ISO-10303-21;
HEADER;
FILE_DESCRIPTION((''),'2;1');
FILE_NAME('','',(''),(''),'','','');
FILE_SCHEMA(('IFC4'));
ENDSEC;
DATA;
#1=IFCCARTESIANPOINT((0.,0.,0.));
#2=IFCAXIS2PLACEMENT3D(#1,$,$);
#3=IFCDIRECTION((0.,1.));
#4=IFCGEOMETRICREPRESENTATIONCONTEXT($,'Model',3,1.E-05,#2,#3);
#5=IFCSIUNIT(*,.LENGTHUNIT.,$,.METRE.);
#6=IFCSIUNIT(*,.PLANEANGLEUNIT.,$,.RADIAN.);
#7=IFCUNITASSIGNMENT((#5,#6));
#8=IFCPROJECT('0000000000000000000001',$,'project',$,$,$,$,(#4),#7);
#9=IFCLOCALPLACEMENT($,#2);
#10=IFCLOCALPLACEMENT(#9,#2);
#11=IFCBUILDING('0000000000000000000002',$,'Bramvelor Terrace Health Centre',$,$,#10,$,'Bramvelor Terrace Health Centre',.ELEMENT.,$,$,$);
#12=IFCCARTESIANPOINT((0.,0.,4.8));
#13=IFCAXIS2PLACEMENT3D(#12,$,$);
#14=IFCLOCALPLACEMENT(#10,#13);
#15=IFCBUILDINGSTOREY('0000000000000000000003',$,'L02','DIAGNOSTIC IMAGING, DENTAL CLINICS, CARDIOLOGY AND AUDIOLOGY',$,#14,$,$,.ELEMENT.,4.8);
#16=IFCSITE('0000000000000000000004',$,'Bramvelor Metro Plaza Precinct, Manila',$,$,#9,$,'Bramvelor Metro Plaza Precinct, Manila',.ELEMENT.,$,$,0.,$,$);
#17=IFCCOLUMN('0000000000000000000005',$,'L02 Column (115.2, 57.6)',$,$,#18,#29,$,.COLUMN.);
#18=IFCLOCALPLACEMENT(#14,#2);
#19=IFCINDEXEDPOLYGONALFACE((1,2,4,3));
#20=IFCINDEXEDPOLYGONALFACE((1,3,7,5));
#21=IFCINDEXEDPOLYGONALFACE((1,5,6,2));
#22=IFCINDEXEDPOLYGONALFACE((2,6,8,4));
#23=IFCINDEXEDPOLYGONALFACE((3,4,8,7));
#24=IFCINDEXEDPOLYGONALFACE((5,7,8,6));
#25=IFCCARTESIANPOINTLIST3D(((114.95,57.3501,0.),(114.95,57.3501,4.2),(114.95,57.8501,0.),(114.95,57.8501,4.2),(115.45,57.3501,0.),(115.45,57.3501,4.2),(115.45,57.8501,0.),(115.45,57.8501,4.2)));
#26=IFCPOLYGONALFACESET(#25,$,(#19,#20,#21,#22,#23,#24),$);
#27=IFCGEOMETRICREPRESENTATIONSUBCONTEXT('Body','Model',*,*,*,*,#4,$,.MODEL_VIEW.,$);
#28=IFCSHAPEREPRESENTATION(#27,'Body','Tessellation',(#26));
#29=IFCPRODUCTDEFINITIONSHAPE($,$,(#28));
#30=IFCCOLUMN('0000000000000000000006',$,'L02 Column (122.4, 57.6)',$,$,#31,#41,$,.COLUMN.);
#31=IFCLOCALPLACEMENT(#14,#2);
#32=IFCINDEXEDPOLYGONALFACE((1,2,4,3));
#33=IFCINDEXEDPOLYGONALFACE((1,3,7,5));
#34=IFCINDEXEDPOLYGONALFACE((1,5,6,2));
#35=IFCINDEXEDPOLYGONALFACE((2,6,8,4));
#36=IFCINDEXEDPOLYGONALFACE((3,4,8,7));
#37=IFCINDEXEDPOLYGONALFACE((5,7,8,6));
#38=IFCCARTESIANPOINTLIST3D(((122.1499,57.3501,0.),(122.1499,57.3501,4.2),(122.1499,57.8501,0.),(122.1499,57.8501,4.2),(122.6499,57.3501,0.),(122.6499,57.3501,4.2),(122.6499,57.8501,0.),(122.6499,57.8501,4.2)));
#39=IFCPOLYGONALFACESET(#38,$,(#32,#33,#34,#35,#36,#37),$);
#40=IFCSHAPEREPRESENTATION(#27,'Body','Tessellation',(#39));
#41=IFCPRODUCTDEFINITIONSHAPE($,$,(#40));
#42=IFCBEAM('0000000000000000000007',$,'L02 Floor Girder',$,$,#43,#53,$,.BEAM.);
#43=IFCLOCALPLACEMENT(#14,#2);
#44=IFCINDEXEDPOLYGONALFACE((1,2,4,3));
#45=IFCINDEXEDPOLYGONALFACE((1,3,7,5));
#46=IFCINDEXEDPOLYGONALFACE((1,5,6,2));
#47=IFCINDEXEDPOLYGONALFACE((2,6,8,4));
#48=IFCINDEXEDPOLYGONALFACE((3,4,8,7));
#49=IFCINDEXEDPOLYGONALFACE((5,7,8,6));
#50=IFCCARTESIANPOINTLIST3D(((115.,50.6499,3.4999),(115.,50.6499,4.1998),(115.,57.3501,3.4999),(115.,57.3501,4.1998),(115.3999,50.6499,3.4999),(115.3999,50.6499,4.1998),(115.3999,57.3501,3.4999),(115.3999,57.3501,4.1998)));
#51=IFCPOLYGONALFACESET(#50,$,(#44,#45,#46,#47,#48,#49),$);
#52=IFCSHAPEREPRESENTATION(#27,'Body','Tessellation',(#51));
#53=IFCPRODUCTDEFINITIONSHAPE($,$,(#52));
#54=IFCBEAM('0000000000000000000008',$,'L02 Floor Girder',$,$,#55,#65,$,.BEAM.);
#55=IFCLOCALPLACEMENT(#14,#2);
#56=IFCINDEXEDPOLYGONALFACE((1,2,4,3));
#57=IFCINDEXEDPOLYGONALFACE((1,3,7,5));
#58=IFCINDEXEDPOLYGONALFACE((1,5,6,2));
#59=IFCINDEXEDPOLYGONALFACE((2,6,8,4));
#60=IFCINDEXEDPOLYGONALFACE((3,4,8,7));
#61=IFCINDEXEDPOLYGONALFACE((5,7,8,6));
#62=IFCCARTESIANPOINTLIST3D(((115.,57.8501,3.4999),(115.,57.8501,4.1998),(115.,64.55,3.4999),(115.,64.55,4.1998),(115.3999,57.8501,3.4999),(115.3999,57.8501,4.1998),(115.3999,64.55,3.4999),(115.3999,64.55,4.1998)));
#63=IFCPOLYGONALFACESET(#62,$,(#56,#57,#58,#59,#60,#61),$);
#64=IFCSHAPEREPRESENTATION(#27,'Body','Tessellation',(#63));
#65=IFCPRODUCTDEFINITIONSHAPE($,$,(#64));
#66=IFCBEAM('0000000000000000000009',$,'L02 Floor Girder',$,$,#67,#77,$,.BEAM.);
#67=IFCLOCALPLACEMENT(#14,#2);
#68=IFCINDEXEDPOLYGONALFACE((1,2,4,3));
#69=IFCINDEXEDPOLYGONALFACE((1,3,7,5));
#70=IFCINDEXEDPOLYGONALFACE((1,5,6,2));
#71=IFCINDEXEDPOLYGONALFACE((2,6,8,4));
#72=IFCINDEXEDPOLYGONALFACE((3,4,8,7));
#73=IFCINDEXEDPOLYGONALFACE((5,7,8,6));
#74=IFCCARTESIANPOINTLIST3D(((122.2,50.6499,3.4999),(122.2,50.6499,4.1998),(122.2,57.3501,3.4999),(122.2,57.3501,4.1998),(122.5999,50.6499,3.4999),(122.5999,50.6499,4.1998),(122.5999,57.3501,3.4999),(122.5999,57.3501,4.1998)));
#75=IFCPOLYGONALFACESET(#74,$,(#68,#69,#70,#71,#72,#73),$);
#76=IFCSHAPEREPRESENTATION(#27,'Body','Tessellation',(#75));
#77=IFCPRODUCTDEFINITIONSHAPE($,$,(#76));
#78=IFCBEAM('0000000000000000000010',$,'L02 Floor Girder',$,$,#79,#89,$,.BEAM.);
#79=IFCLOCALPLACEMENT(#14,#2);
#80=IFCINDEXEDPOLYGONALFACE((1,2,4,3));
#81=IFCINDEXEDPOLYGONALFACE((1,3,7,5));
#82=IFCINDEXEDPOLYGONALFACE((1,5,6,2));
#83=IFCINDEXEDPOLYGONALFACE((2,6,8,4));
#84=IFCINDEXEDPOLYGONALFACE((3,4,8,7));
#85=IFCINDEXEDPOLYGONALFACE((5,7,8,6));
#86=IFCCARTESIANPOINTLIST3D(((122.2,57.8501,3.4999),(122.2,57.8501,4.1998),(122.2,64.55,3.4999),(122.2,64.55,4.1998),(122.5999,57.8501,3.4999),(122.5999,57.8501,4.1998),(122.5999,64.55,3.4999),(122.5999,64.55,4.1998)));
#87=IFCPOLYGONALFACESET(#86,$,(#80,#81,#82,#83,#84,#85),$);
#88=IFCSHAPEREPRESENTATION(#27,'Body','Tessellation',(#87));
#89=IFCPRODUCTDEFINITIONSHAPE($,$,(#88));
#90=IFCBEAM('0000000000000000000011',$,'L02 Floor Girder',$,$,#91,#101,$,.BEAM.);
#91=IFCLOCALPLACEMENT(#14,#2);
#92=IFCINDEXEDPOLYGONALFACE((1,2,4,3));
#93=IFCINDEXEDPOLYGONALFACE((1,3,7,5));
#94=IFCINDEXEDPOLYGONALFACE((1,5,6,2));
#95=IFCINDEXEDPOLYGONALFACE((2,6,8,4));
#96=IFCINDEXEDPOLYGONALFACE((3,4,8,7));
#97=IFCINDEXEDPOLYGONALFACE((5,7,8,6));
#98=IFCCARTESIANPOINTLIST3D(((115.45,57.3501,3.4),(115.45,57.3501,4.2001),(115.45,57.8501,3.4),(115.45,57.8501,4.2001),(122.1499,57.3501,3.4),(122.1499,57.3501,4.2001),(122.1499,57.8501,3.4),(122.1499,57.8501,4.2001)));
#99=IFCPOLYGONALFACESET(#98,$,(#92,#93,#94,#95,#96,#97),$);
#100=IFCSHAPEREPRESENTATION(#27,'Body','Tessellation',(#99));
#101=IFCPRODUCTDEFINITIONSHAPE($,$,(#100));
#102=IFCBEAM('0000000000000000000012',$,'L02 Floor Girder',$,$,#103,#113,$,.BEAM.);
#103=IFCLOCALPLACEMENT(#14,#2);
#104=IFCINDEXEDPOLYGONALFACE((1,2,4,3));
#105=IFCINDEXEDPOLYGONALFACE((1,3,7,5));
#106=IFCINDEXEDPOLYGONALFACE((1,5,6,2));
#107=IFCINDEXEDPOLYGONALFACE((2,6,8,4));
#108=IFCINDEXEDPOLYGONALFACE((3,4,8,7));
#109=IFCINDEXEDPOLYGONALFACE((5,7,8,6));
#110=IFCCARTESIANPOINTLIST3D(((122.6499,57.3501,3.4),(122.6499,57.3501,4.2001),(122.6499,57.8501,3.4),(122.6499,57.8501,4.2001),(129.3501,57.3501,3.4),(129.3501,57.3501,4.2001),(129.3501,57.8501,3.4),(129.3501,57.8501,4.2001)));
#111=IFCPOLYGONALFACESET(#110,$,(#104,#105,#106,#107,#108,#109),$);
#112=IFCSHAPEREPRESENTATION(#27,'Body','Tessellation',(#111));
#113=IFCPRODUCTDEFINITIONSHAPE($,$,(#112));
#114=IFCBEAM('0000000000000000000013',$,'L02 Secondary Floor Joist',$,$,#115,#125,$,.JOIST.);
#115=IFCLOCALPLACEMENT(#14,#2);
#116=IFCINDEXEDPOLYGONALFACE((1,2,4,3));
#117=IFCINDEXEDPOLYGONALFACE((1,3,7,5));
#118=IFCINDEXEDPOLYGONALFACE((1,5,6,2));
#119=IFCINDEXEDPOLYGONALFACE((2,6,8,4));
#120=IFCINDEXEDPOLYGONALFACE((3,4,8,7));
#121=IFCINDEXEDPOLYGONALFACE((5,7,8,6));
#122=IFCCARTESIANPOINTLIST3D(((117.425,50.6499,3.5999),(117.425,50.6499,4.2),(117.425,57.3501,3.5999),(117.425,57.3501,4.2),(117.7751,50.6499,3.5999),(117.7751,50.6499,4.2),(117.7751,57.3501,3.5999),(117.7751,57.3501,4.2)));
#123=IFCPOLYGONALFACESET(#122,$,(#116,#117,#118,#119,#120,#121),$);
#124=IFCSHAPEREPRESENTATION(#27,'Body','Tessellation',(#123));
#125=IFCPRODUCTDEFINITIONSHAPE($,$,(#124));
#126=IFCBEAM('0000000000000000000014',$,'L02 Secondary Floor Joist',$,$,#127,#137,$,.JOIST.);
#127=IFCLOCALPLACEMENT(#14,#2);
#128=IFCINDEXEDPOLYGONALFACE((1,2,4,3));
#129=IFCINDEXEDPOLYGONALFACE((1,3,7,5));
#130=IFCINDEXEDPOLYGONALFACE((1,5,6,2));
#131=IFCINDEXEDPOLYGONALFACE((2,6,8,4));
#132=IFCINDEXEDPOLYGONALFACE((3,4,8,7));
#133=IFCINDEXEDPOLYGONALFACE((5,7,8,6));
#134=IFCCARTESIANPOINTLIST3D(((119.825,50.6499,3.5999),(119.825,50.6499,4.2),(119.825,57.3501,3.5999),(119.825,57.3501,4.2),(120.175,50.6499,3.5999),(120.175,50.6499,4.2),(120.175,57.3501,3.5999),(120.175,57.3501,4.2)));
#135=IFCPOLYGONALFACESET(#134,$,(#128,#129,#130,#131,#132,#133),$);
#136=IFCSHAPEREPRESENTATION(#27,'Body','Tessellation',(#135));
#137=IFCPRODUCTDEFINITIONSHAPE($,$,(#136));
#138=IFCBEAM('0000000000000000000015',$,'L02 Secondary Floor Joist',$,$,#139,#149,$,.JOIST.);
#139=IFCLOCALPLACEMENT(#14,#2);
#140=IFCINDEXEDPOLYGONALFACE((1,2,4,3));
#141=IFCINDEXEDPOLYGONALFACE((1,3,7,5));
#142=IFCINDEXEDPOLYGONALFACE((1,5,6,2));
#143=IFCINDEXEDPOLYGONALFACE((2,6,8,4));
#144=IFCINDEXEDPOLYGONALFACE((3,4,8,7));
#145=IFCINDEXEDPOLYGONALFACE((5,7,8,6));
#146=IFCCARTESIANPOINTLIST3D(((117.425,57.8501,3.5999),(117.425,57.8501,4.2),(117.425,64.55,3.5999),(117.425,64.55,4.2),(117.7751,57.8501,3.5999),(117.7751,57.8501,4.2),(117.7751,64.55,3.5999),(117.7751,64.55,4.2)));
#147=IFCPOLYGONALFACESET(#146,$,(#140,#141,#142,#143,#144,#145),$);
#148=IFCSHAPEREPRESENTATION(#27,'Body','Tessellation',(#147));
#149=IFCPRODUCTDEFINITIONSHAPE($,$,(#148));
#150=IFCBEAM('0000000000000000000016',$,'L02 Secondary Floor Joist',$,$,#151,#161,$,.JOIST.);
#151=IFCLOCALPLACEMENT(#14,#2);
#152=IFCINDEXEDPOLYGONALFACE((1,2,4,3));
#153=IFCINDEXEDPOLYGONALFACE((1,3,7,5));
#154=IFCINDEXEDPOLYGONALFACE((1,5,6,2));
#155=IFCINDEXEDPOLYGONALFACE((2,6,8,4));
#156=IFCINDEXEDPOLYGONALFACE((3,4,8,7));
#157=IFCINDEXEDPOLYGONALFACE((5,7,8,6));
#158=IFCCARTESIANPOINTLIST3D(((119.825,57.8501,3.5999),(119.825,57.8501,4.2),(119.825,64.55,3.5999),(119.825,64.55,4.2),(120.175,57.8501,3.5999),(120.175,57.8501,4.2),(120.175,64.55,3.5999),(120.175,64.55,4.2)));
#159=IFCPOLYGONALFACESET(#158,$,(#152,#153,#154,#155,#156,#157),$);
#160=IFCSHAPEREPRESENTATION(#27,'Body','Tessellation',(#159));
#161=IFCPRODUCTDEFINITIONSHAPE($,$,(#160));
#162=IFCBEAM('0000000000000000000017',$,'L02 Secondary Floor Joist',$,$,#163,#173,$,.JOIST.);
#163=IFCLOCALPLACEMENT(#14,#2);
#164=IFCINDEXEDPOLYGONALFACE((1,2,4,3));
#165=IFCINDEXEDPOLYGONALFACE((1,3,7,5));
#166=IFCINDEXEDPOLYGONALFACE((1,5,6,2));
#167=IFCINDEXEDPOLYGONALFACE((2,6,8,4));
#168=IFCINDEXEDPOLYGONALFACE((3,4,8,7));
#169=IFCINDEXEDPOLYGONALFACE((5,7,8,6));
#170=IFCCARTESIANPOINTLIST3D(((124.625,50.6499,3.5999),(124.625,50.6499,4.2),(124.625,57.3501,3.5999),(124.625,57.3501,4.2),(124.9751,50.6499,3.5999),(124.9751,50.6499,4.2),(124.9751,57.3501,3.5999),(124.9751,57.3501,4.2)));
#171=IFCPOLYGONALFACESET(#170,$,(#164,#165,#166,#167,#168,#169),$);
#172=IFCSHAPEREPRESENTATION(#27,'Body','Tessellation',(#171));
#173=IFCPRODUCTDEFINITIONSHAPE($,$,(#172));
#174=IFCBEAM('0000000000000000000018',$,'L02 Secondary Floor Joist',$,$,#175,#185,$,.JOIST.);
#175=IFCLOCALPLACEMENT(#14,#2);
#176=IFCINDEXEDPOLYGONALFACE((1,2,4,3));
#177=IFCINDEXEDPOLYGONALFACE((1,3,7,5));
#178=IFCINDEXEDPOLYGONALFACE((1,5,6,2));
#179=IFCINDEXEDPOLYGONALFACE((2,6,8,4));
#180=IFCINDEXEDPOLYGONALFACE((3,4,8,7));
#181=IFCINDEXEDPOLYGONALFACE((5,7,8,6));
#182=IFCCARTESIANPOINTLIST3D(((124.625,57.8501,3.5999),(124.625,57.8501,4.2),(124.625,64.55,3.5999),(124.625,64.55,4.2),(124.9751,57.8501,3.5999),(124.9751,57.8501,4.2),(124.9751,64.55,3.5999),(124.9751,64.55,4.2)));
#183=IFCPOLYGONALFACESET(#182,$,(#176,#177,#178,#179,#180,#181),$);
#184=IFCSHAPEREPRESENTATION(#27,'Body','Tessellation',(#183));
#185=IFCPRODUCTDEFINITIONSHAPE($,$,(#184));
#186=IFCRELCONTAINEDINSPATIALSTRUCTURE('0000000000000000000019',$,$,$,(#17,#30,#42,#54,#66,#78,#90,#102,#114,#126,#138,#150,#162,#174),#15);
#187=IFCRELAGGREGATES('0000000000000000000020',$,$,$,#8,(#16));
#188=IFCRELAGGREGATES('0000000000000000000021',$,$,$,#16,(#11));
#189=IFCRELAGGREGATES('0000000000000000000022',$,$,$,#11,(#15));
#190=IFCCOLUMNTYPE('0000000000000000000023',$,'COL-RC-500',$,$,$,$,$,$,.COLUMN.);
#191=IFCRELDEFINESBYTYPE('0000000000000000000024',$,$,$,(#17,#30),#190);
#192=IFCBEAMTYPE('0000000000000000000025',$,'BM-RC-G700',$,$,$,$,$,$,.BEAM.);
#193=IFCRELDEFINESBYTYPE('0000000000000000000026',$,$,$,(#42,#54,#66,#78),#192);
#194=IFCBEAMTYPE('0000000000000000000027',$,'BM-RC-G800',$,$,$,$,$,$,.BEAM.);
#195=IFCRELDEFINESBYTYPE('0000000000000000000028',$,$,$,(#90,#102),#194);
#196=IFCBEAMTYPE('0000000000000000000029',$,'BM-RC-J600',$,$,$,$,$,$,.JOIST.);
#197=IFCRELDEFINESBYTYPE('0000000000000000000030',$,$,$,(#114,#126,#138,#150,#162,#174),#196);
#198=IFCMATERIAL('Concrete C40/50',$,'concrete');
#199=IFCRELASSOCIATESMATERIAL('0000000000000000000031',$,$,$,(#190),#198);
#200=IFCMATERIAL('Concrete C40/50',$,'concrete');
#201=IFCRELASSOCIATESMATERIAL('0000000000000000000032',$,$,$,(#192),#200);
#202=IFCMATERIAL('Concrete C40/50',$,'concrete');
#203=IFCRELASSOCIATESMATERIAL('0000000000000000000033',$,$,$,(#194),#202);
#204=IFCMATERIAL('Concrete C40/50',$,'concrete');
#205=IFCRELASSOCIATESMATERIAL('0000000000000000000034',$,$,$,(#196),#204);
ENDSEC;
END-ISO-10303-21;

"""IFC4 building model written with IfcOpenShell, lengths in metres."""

from ifc_helpers import new_model, si_unit, direction, frame, origin, origin_2d, place, context, subcontext, project, spatial, rectangle, extrude, material, material_profile, profile_set, type_object, element, save


model = new_model("IFC4")

# Units and contexts
model_context = context("Model", 3, precision=1e-05, world=origin(), true_north=direction((0.0, 1.0)))
body_context = subcontext(model_context, "Body", "Model", "MODEL_VIEW")
ifc_project = project(units=[si_unit("LENGTHUNIT", "METRE"), si_unit("PLANEANGLEUNIT", "RADIAN")], contexts=[model_context])

# Site, building, storey
site_placement = place(None, origin())
site = spatial("IfcSite", under=ifc_project, at=site_placement, Name="Bramvelor Metro Plaza Precinct, Manila", LongName="Bramvelor Metro Plaza Precinct, Manila", CompositionType="ELEMENT", RefElevation=0.0)
building_placement = place(site_placement, origin())
building = spatial("IfcBuilding", under=site, at=building_placement, Name="Bramvelor Terrace Health Centre", LongName="Bramvelor Terrace Health Centre", CompositionType="ELEMENT")
storey_placement = place(building_placement, frame((0.0, 0.0, 4.8)))
storey = spatial("IfcBuildingStorey", under=building, at=storey_placement, Name="L02", Description="DIAGNOSTIC IMAGING, DENTAL CLINICS, CARDIOLOGY AND AUDIOLOGY", CompositionType="ELEMENT", Elevation=4.8)

# Columns
ifc_material_1 = material(Name="Concrete C40/50", Category="concrete")
ifc_material_profile_1 = material_profile(ifc_material_1, rectangle(XDim=0.5, YDim=0.5, at=origin_2d()), Name="RC 500x500")
ifc_profile_set_1 = profile_set([ifc_material_profile_1], Name="Concrete C40/50")
column_type = type_object("IfcColumnType", Name="COL-RC-500", PredefinedType="COLUMN", material=ifc_profile_set_1)
for number, where, z_axis, x_axis, name in (
    (1, (115.2, 57.6001, 0.0), (0.0, 0.0, 1.0), (1.0, 0.0, 0.0), "L02 Column (115.2, 57.6)"),
    (2, (122.3999, 57.6001, 0.0), (0.0, 0.0, 1.0), (1.0, 0.0, 0.0), "L02 Column (122.4, 57.6)"),
):
    element("IfcColumn", number, at=place(storey_placement, frame(where, z_axis=z_axis, x_axis=x_axis)), inside=storey, type_object=column_type, Name=name, PredefinedType="COLUMN", context=body_context, shape_type="SweptSolid", body=[
        extrude(rectangle(XDim=0.5, YDim=0.5, at=origin_2d()), origin(), (0.0, 0.0, 1.0), 4.2),
    ])

# Beams
ifc_material_2 = material(Name="Concrete C40/50", Category="concrete")
ifc_material_profile_2 = material_profile(ifc_material_2, rectangle(XDim=0.3999, YDim=0.7, at=origin_2d()), Name="RC 400x700")
ifc_profile_set_2 = profile_set([ifc_material_profile_2], Name="Concrete C40/50")
beam_type_1 = type_object("IfcBeamType", Name="BM-RC-G700", PredefinedType="BEAM", material=ifc_profile_set_2)
beam_1_placement = place(storey_placement, frame((115.2, 50.6499, 3.8499), z_axis=(0.0, 1.0, 0.0), x_axis=(-1.0, 0.0, 0.0)))
element("IfcBeam", 3, at=beam_1_placement, inside=storey, type_object=beam_type_1, Name="L02 Floor Girder", PredefinedType="BEAM", context=body_context, shape_type="SweptSolid", body=[
    extrude(rectangle(XDim=0.3999, YDim=0.7, at=origin_2d()), origin(), (0.0, 0.0, 1.0), 6.7002),
])
beam_2_placement = place(storey_placement, frame((115.2, 57.8501, 3.8499), z_axis=(0.0, 1.0, 0.0), x_axis=(-1.0, 0.0, 0.0)))
element("IfcBeam", 4, at=beam_2_placement, inside=storey, type_object=beam_type_1, Name="L02 Floor Girder", PredefinedType="BEAM", context=body_context, shape_type="SweptSolid", body=[
    extrude(rectangle(XDim=0.3999, YDim=0.7, at=origin_2d()), origin(), (0.0, 0.0, 1.0), 6.7),
])
beam_3_placement = place(storey_placement, frame((122.3999, 50.6499, 3.8499), z_axis=(0.0, 1.0, 0.0), x_axis=(-1.0, 0.0, 0.0)))
element("IfcBeam", 5, at=beam_3_placement, inside=storey, type_object=beam_type_1, Name="L02 Floor Girder", PredefinedType="BEAM", context=body_context, shape_type="SweptSolid", body=[
    extrude(rectangle(XDim=0.3999, YDim=0.7, at=origin_2d()), origin(), (0.0, 0.0, 1.0), 6.7002),
])
beam_4_placement = place(storey_placement, frame((122.3999, 57.8501, 3.8499), z_axis=(0.0, 1.0, 0.0), x_axis=(-1.0, 0.0, 0.0)))
element("IfcBeam", 6, at=beam_4_placement, inside=storey, type_object=beam_type_1, Name="L02 Floor Girder", PredefinedType="BEAM", context=body_context, shape_type="SweptSolid", body=[
    extrude(rectangle(XDim=0.3999, YDim=0.7, at=origin_2d()), origin(), (0.0, 0.0, 1.0), 6.7),
])
ifc_material_3 = material(Name="Concrete C40/50", Category="concrete")
ifc_material_profile_3 = material_profile(ifc_material_3, rectangle(XDim=0.5, YDim=0.8, at=origin_2d()), Name="RC 500x800")
ifc_profile_set_3 = profile_set([ifc_material_profile_3], Name="Concrete C40/50")
beam_type_2 = type_object("IfcBeamType", Name="BM-RC-G800", PredefinedType="BEAM", material=ifc_profile_set_3)
beam_5_placement = place(storey_placement, frame((115.45, 57.6001, 3.8), z_axis=(1.0, 0.0, 0.0), x_axis=(0.0, 1.0, 0.0)))
element("IfcBeam", 7, at=beam_5_placement, inside=storey, type_object=beam_type_2, Name="L02 Floor Girder", PredefinedType="BEAM", context=body_context, shape_type="SweptSolid", body=[
    extrude(rectangle(XDim=0.5, YDim=0.8, at=origin_2d()), origin(), (0.0, 0.0, 1.0), 6.7),
])
beam_6_placement = place(storey_placement, frame((122.6499, 57.6001, 3.8), z_axis=(1.0, 0.0, 0.0), x_axis=(0.0, 1.0, 0.0)))
element("IfcBeam", 8, at=beam_6_placement, inside=storey, type_object=beam_type_2, Name="L02 Floor Girder", PredefinedType="BEAM", context=body_context, shape_type="SweptSolid", body=[
    extrude(rectangle(XDim=0.5, YDim=0.8, at=origin_2d()), origin(), (0.0, 0.0, 1.0), 6.7002),
])
ifc_material_4 = material(Name="Concrete C40/50", Category="concrete")
ifc_material_profile_4 = material_profile(ifc_material_4, rectangle(XDim=0.3501, YDim=0.6001, at=origin_2d()), Name="RC 350x600")
ifc_profile_set_4 = profile_set([ifc_material_profile_4], Name="Concrete C40/50")
beam_type_3 = type_object("IfcBeamType", Name="BM-RC-J600", PredefinedType="JOIST", material=ifc_profile_set_4)
for number, where, z_axis, x_axis, name in (
    (9, (117.6001, 50.6499, 3.8999), (0.0, 1.0, 0.0), (-1.0, 0.0, 0.0), "L02 Secondary Floor Joist"),
    (10, (120.0, 50.6499, 3.8999), (0.0, 1.0, 0.0), (-1.0, 0.0, 0.0), "L02 Secondary Floor Joist"),
):
    element("IfcBeam", number, at=place(storey_placement, frame(where, z_axis=z_axis, x_axis=x_axis)), inside=storey, type_object=beam_type_3, Name=name, PredefinedType="JOIST", context=body_context, shape_type="SweptSolid", body=[
        extrude(rectangle(XDim=0.3501, YDim=0.6001, at=origin_2d()), origin(), (0.0, 0.0, 1.0), 6.7002),
    ])
for number, where, z_axis, x_axis, name in (
    (11, (117.6001, 57.8501, 3.8999), (0.0, 1.0, 0.0), (-1.0, 0.0, 0.0), "L02 Secondary Floor Joist"),
    (12, (120.0, 57.8501, 3.8999), (0.0, 1.0, 0.0), (-1.0, 0.0, 0.0), "L02 Secondary Floor Joist"),
):
    element("IfcBeam", number, at=place(storey_placement, frame(where, z_axis=z_axis, x_axis=x_axis)), inside=storey, type_object=beam_type_3, Name=name, PredefinedType="JOIST", context=body_context, shape_type="SweptSolid", body=[
        extrude(rectangle(XDim=0.3501, YDim=0.6001, at=origin_2d()), origin(), (0.0, 0.0, 1.0), 6.7),
    ])
beam_7_placement = place(storey_placement, frame((124.8, 50.6499, 3.8999), z_axis=(0.0, 1.0, 0.0), x_axis=(-1.0, 0.0, 0.0)))
element("IfcBeam", 13, at=beam_7_placement, inside=storey, type_object=beam_type_3, Name="L02 Secondary Floor Joist", PredefinedType="JOIST", context=body_context, shape_type="SweptSolid", body=[
    extrude(rectangle(XDim=0.3501, YDim=0.6001, at=origin_2d()), origin(), (0.0, 0.0, 1.0), 6.7002),
])
beam_8_placement = place(storey_placement, frame((124.8, 57.8501, 3.8999), z_axis=(0.0, 1.0, 0.0), x_axis=(-1.0, 0.0, 0.0)))
element("IfcBeam", 14, at=beam_8_placement, inside=storey, type_object=beam_type_3, Name="L02 Secondary Floor Joist", PredefinedType="JOIST", context=body_context, shape_type="SweptSolid", body=[
    extrude(rectangle(XDim=0.3501, YDim=0.6001, at=origin_2d()), origin(), (0.0, 0.0, 1.0), 6.7),
])

save(model, "model.ifc")
